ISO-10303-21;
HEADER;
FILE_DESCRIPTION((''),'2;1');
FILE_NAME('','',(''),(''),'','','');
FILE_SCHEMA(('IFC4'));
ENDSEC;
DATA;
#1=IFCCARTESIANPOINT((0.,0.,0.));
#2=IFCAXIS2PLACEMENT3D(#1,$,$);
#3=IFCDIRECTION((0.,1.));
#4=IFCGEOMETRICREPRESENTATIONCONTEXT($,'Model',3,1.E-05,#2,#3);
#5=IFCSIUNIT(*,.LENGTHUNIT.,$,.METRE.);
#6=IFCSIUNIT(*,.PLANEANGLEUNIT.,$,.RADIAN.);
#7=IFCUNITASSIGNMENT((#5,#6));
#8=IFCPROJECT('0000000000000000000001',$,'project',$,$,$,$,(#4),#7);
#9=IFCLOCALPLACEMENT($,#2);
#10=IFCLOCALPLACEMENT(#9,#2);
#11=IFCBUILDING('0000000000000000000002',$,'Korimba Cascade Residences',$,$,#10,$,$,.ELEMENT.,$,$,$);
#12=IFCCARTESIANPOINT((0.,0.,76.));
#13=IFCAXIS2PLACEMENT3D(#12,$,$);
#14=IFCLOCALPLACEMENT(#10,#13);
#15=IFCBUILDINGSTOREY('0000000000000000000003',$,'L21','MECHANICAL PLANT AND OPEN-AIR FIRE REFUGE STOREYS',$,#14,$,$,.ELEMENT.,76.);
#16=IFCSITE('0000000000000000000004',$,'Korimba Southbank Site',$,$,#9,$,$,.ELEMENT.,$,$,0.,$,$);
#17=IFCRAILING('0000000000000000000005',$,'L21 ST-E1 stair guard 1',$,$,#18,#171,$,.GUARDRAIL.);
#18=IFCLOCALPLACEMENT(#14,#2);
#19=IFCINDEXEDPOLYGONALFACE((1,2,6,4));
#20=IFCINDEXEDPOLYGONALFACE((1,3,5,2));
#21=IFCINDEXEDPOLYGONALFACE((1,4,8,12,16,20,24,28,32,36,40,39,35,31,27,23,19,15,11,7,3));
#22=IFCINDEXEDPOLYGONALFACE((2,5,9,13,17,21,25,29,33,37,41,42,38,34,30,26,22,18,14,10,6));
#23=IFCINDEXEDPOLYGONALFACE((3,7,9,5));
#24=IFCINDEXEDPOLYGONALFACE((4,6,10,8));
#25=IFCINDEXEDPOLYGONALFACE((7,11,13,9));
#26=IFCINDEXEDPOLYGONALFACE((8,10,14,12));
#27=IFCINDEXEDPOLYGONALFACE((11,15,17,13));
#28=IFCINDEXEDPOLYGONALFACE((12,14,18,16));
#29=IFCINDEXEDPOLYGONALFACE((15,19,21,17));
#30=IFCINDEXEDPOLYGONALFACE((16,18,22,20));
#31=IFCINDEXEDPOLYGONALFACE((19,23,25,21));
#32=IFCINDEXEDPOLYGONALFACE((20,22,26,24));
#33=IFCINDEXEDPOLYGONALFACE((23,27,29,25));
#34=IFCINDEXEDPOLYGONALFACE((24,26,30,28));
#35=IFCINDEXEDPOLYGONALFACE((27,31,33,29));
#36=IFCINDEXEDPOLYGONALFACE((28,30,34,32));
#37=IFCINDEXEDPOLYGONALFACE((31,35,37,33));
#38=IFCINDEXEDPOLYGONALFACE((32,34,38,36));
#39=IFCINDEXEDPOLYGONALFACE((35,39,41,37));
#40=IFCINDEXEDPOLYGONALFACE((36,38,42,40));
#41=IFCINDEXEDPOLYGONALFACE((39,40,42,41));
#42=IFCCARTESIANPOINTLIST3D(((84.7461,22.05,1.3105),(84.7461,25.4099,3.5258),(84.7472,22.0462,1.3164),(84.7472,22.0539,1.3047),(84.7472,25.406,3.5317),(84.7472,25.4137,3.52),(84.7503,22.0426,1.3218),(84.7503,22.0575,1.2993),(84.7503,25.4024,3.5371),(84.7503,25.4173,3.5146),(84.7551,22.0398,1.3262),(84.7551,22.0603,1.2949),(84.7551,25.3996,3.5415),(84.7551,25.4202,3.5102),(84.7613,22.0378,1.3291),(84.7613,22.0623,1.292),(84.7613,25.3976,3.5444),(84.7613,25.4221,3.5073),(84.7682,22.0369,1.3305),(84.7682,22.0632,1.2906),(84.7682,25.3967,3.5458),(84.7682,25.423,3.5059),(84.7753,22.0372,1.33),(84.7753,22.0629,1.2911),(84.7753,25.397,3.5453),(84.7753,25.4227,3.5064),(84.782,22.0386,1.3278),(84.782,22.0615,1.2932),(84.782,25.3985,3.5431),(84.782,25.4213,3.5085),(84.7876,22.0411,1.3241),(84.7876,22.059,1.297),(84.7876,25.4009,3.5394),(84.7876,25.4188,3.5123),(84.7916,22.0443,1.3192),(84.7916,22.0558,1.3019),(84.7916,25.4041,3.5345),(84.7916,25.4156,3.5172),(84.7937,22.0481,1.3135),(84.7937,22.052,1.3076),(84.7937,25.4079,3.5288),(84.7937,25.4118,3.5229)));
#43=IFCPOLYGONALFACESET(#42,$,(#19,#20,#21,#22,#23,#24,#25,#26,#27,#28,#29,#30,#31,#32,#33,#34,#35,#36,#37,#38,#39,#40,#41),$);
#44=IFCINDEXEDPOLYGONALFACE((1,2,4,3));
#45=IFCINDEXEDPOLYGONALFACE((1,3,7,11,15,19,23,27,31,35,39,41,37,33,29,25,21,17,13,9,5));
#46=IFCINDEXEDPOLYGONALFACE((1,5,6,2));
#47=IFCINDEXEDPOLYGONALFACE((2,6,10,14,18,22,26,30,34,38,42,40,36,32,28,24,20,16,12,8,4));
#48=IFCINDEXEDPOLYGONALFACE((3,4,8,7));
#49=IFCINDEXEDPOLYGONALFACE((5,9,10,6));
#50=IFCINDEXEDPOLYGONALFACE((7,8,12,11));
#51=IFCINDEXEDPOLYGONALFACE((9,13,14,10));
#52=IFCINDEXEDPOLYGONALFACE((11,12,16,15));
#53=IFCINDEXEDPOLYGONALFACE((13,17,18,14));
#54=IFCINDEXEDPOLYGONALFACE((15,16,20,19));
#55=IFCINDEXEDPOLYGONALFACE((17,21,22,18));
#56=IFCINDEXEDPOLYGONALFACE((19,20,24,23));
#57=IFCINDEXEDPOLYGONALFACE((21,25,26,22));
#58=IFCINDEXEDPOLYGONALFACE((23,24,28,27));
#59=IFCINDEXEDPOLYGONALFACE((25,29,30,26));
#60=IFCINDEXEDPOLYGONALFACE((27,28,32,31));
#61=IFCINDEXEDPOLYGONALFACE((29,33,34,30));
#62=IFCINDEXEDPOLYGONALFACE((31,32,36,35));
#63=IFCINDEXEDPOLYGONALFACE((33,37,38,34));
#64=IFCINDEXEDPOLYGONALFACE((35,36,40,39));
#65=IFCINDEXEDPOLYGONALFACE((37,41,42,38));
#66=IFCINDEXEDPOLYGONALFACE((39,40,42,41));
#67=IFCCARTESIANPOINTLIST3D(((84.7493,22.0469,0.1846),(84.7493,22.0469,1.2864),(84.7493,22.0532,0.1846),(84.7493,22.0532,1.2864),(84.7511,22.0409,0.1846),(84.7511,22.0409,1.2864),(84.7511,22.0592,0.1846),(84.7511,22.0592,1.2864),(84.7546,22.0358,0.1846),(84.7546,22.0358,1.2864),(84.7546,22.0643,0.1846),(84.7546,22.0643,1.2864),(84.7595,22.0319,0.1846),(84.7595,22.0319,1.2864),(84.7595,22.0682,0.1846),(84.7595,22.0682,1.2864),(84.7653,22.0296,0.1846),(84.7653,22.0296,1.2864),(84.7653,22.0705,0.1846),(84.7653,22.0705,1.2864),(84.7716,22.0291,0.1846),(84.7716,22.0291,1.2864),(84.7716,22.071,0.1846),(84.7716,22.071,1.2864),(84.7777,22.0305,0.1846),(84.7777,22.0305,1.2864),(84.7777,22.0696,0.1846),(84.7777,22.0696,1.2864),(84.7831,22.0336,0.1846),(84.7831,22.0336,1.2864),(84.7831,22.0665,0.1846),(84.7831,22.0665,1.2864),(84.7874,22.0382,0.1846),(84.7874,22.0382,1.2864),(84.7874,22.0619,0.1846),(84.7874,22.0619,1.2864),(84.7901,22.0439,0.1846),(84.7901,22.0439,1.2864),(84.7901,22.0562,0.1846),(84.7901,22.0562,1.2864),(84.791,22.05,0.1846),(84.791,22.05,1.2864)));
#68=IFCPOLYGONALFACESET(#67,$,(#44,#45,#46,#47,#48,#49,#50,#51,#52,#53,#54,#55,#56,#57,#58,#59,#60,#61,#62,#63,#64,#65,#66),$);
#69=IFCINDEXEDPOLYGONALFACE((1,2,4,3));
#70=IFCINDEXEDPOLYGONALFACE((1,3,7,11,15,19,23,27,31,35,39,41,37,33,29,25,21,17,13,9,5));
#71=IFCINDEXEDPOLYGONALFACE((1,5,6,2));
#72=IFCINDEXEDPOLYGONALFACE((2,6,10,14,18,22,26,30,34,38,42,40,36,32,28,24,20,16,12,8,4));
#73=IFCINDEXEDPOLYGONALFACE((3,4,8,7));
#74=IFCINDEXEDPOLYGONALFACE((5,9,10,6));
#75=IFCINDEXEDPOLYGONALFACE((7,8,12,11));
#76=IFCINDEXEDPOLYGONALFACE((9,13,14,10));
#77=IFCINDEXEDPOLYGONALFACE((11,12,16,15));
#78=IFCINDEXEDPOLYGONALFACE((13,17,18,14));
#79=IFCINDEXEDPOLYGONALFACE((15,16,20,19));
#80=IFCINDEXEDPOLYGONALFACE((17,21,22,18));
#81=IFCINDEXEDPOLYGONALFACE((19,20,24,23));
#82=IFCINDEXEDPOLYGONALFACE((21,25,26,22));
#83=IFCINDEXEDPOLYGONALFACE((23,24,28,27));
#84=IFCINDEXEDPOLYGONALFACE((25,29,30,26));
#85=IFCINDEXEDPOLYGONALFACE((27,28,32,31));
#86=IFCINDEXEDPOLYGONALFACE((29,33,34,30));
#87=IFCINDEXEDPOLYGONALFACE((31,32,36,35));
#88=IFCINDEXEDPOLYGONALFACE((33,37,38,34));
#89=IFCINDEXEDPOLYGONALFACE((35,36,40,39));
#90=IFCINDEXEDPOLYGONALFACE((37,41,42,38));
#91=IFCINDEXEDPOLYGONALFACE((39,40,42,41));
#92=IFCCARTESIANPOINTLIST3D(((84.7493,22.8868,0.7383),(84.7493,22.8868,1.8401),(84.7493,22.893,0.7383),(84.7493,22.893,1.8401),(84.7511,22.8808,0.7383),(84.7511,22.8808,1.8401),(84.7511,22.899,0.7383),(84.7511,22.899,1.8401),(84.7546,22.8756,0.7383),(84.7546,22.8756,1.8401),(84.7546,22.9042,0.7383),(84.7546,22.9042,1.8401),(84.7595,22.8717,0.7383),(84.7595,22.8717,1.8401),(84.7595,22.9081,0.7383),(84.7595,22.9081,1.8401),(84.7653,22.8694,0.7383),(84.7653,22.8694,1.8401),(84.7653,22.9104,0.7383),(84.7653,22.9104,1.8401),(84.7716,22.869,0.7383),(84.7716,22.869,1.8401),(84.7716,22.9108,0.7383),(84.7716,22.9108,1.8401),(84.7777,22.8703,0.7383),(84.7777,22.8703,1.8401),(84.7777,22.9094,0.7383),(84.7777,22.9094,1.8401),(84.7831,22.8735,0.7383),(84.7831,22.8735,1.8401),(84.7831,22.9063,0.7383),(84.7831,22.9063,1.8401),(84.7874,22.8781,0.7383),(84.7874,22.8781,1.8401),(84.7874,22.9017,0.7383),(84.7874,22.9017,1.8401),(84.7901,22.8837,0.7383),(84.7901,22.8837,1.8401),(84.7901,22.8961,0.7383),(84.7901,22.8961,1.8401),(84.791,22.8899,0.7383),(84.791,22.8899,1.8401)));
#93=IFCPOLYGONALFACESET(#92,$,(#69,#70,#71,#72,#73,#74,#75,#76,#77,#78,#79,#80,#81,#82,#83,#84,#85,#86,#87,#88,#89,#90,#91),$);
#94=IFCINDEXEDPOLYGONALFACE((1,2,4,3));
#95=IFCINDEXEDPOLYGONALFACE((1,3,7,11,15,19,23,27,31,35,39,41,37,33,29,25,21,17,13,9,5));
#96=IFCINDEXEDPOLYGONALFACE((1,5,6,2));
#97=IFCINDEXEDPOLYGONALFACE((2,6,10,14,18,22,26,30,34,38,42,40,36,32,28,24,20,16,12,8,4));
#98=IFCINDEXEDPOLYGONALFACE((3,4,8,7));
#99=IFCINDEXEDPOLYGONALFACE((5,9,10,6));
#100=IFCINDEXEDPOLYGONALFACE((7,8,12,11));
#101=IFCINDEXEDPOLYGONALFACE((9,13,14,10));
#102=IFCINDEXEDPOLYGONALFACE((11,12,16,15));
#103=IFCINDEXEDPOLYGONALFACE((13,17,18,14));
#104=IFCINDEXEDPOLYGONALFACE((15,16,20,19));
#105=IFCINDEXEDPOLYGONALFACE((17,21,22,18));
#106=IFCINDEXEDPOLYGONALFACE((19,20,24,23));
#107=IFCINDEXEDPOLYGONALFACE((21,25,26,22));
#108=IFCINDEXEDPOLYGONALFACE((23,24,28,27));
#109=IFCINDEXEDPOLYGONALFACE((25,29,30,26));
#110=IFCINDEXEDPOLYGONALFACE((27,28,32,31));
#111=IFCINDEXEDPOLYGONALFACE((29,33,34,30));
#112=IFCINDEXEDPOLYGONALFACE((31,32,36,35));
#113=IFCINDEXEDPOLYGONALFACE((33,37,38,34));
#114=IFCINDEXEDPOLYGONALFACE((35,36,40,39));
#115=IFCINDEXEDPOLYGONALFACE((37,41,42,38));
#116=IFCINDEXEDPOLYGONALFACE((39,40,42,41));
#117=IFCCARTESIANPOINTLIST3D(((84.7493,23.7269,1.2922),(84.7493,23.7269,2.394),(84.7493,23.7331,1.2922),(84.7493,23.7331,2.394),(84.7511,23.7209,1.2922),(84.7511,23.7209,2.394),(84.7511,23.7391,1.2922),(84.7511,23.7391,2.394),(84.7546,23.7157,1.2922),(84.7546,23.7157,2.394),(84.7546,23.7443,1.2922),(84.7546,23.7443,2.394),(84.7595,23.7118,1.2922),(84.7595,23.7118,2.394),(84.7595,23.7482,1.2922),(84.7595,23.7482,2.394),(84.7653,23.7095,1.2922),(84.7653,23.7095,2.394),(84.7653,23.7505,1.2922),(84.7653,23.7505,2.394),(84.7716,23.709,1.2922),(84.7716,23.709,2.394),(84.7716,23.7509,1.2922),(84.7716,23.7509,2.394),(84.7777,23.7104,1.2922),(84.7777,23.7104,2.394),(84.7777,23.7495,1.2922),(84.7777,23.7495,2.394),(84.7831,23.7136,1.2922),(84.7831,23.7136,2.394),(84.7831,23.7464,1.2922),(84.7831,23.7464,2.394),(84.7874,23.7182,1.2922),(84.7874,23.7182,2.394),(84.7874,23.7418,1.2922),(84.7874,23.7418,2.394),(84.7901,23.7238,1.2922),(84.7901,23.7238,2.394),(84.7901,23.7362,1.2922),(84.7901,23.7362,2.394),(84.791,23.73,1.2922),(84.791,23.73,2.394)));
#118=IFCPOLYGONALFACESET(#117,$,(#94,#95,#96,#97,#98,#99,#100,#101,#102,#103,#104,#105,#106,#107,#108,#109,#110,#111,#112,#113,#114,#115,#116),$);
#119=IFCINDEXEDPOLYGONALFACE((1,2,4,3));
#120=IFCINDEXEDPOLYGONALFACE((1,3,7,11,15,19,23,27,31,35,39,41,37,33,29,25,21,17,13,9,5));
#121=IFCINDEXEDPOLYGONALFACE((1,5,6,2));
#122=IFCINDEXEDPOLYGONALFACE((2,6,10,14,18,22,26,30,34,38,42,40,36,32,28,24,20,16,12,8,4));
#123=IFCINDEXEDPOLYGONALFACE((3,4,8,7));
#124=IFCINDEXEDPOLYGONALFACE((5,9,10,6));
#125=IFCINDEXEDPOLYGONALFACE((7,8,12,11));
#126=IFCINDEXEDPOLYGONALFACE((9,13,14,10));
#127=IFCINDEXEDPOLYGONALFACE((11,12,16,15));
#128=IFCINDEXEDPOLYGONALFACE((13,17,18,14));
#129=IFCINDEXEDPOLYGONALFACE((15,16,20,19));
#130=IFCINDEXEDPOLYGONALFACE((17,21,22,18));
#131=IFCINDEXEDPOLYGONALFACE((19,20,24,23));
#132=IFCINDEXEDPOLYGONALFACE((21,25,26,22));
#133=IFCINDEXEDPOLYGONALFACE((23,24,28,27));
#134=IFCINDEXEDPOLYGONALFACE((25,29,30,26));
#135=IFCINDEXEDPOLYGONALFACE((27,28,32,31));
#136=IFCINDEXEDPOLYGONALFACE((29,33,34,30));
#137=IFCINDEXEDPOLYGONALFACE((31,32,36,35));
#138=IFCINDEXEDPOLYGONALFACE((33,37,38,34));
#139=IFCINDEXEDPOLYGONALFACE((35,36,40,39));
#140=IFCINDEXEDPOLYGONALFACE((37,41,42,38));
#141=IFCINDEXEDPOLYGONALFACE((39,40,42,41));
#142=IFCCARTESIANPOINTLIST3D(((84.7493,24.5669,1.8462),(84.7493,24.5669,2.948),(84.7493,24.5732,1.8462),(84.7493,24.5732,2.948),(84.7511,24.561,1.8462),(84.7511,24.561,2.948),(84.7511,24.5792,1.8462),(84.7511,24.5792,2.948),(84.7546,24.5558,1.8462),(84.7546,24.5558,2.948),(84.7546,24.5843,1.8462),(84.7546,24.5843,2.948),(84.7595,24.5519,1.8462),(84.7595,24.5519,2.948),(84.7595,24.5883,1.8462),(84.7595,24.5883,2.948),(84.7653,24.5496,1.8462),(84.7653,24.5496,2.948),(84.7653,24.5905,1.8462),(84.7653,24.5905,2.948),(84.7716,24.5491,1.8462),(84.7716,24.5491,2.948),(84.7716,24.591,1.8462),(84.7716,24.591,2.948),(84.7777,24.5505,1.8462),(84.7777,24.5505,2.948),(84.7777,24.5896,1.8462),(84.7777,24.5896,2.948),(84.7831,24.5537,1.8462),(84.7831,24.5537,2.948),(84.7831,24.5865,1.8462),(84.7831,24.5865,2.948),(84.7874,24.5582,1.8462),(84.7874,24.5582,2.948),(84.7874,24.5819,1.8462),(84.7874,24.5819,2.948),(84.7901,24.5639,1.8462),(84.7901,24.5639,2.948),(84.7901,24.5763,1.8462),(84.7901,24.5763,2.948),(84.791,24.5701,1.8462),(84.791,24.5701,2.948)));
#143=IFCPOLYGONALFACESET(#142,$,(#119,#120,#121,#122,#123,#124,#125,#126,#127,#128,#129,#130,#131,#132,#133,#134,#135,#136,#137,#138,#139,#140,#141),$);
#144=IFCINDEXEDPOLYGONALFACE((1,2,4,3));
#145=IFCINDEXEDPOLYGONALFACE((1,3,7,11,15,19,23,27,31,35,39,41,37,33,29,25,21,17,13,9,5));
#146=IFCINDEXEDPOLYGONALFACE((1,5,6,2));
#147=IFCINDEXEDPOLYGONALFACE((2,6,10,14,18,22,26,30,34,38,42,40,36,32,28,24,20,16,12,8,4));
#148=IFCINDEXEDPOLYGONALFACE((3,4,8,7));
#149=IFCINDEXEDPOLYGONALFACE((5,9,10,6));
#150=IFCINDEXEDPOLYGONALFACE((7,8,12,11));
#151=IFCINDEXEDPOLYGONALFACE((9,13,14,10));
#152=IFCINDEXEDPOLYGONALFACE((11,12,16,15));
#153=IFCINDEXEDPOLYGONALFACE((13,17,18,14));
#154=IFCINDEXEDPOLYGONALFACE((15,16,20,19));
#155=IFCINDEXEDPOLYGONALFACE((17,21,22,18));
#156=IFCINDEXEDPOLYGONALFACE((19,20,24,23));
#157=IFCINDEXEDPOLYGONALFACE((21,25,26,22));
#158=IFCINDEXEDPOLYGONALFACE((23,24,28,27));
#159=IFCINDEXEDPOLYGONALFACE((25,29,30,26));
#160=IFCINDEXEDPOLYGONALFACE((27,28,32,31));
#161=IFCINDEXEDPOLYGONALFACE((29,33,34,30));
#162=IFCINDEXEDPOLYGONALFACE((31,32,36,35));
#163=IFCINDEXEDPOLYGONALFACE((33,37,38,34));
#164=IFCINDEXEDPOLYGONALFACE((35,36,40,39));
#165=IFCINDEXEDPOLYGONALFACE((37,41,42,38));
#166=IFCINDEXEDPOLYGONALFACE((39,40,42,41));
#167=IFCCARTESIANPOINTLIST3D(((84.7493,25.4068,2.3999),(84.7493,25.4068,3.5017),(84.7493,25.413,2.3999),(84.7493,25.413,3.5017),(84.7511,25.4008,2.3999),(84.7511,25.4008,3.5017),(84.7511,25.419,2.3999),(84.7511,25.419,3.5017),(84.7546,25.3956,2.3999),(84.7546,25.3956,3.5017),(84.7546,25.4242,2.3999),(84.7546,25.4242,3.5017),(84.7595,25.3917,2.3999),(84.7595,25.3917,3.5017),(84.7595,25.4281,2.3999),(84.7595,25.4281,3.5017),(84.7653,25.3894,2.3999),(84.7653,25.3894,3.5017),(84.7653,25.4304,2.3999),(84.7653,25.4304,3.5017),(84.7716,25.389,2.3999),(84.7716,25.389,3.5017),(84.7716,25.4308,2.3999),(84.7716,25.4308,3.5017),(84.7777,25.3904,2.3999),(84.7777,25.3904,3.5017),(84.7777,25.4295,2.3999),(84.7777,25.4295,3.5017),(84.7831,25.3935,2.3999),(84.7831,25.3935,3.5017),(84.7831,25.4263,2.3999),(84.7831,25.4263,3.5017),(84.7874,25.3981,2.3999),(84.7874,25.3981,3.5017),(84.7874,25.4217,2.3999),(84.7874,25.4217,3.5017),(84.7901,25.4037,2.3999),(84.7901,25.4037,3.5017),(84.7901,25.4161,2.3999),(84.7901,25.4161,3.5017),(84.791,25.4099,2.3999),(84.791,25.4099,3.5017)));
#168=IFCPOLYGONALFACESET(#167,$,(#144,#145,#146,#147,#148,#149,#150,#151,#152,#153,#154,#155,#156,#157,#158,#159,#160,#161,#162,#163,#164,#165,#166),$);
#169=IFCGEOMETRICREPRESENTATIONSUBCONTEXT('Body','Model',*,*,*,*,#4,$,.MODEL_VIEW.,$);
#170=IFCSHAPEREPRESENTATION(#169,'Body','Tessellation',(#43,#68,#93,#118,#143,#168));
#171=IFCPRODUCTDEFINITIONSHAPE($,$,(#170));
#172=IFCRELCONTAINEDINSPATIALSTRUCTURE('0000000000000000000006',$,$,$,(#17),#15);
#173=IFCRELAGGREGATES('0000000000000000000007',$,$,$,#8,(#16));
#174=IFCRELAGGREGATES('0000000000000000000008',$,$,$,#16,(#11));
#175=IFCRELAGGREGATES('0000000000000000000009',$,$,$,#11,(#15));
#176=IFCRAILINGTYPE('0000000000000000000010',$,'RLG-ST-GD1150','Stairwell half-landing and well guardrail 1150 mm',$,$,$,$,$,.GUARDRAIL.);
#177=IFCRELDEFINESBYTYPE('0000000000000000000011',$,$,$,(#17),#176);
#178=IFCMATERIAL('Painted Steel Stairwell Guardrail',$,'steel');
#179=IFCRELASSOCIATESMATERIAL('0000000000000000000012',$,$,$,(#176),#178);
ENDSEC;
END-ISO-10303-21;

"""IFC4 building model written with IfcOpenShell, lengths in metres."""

from ifc_helpers import new_model, si_unit, direction, frame, origin, origin_2d, place, context, subcontext, project, spatial, circle, extrude, material, type_object, element, save


model = new_model("IFC4")

# Units and contexts
model_context = context("Model", 3, precision=1e-05, world=origin(), true_north=direction((0.0, 1.0)))
body_context = subcontext(model_context, "Body", "Model", "MODEL_VIEW")
ifc_project = project(units=[si_unit("LENGTHUNIT", "METRE"), si_unit("PLANEANGLEUNIT", "RADIAN")], contexts=[model_context])

# Site, building, storey
site_placement = place(None, origin())
site = spatial("IfcSite", under=ifc_project, at=site_placement, Name="Korimba Southbank Site", CompositionType="ELEMENT", RefElevation=0.0)
building_placement = place(site_placement, origin())
building = spatial("IfcBuilding", under=site, at=building_placement, Name="Korimba Cascade Residences", CompositionType="ELEMENT")
storey_placement = place(building_placement, frame((0.0, 0.0, 76.0)))
storey = spatial("IfcBuildingStorey", under=building, at=storey_placement, Name="L21", Description="MECHANICAL PLANT AND OPEN-AIR FIRE REFUGE STOREYS", CompositionType="ELEMENT", Elevation=76.0)

# Railing
ifc_material_1 = material(Name="Painted Steel Stairwell Guardrail", Category="steel")
railing_type_1 = type_object("IfcRailingType", Name="RLG-ST-GD1150", Description="Stairwell half-landing and well guardrail 1150 mm", PredefinedType="GUARDRAIL", material=ifc_material_1)
railing_1_placement = place(storey_placement, frame((84.77, 22.05, 0.1846)))
element("IfcRailing", 1, at=railing_1_placement, inside=storey, type_object=railing_type_1, Name="L21 ST-E1 stair guard 1", PredefinedType="GUARDRAIL", context=body_context, shape_type="SweptSolid", body=[
    extrude(circle(Radius=0.0239, at=origin_2d()), frame((0.0, 0.0, 1.126), z_axis=(0.0, 0.834858, 0.550465), x_axis=(-1.0, 0.0, 0.0)), (0.0, 0.0, 1.0), 4.0244),
    extrude(circle(Radius=0.021, at=origin_2d()), origin(), (0.0, 0.0, 1.0), 1.1018),
    extrude(circle(Radius=0.021, at=origin_2d()), frame((0.0, 0.8398, 0.5537)), (0.0, 0.0, 1.0), 1.1018),
    extrude(circle(Radius=0.021, at=origin_2d()), frame((0.0, 1.6799, 1.1077)), (0.0, 0.0, 1.0), 1.1018),
    extrude(circle(Radius=0.021, at=origin_2d()), frame((0.0, 2.52, 1.6616)), (0.0, 0.0, 1.0), 1.1018),
    extrude(circle(Radius=0.021, at=origin_2d()), frame((0.0, 3.3599, 2.2153)), (0.0, 0.0, 1.0), 1.1018),
])

save(model, "model.ifc")
